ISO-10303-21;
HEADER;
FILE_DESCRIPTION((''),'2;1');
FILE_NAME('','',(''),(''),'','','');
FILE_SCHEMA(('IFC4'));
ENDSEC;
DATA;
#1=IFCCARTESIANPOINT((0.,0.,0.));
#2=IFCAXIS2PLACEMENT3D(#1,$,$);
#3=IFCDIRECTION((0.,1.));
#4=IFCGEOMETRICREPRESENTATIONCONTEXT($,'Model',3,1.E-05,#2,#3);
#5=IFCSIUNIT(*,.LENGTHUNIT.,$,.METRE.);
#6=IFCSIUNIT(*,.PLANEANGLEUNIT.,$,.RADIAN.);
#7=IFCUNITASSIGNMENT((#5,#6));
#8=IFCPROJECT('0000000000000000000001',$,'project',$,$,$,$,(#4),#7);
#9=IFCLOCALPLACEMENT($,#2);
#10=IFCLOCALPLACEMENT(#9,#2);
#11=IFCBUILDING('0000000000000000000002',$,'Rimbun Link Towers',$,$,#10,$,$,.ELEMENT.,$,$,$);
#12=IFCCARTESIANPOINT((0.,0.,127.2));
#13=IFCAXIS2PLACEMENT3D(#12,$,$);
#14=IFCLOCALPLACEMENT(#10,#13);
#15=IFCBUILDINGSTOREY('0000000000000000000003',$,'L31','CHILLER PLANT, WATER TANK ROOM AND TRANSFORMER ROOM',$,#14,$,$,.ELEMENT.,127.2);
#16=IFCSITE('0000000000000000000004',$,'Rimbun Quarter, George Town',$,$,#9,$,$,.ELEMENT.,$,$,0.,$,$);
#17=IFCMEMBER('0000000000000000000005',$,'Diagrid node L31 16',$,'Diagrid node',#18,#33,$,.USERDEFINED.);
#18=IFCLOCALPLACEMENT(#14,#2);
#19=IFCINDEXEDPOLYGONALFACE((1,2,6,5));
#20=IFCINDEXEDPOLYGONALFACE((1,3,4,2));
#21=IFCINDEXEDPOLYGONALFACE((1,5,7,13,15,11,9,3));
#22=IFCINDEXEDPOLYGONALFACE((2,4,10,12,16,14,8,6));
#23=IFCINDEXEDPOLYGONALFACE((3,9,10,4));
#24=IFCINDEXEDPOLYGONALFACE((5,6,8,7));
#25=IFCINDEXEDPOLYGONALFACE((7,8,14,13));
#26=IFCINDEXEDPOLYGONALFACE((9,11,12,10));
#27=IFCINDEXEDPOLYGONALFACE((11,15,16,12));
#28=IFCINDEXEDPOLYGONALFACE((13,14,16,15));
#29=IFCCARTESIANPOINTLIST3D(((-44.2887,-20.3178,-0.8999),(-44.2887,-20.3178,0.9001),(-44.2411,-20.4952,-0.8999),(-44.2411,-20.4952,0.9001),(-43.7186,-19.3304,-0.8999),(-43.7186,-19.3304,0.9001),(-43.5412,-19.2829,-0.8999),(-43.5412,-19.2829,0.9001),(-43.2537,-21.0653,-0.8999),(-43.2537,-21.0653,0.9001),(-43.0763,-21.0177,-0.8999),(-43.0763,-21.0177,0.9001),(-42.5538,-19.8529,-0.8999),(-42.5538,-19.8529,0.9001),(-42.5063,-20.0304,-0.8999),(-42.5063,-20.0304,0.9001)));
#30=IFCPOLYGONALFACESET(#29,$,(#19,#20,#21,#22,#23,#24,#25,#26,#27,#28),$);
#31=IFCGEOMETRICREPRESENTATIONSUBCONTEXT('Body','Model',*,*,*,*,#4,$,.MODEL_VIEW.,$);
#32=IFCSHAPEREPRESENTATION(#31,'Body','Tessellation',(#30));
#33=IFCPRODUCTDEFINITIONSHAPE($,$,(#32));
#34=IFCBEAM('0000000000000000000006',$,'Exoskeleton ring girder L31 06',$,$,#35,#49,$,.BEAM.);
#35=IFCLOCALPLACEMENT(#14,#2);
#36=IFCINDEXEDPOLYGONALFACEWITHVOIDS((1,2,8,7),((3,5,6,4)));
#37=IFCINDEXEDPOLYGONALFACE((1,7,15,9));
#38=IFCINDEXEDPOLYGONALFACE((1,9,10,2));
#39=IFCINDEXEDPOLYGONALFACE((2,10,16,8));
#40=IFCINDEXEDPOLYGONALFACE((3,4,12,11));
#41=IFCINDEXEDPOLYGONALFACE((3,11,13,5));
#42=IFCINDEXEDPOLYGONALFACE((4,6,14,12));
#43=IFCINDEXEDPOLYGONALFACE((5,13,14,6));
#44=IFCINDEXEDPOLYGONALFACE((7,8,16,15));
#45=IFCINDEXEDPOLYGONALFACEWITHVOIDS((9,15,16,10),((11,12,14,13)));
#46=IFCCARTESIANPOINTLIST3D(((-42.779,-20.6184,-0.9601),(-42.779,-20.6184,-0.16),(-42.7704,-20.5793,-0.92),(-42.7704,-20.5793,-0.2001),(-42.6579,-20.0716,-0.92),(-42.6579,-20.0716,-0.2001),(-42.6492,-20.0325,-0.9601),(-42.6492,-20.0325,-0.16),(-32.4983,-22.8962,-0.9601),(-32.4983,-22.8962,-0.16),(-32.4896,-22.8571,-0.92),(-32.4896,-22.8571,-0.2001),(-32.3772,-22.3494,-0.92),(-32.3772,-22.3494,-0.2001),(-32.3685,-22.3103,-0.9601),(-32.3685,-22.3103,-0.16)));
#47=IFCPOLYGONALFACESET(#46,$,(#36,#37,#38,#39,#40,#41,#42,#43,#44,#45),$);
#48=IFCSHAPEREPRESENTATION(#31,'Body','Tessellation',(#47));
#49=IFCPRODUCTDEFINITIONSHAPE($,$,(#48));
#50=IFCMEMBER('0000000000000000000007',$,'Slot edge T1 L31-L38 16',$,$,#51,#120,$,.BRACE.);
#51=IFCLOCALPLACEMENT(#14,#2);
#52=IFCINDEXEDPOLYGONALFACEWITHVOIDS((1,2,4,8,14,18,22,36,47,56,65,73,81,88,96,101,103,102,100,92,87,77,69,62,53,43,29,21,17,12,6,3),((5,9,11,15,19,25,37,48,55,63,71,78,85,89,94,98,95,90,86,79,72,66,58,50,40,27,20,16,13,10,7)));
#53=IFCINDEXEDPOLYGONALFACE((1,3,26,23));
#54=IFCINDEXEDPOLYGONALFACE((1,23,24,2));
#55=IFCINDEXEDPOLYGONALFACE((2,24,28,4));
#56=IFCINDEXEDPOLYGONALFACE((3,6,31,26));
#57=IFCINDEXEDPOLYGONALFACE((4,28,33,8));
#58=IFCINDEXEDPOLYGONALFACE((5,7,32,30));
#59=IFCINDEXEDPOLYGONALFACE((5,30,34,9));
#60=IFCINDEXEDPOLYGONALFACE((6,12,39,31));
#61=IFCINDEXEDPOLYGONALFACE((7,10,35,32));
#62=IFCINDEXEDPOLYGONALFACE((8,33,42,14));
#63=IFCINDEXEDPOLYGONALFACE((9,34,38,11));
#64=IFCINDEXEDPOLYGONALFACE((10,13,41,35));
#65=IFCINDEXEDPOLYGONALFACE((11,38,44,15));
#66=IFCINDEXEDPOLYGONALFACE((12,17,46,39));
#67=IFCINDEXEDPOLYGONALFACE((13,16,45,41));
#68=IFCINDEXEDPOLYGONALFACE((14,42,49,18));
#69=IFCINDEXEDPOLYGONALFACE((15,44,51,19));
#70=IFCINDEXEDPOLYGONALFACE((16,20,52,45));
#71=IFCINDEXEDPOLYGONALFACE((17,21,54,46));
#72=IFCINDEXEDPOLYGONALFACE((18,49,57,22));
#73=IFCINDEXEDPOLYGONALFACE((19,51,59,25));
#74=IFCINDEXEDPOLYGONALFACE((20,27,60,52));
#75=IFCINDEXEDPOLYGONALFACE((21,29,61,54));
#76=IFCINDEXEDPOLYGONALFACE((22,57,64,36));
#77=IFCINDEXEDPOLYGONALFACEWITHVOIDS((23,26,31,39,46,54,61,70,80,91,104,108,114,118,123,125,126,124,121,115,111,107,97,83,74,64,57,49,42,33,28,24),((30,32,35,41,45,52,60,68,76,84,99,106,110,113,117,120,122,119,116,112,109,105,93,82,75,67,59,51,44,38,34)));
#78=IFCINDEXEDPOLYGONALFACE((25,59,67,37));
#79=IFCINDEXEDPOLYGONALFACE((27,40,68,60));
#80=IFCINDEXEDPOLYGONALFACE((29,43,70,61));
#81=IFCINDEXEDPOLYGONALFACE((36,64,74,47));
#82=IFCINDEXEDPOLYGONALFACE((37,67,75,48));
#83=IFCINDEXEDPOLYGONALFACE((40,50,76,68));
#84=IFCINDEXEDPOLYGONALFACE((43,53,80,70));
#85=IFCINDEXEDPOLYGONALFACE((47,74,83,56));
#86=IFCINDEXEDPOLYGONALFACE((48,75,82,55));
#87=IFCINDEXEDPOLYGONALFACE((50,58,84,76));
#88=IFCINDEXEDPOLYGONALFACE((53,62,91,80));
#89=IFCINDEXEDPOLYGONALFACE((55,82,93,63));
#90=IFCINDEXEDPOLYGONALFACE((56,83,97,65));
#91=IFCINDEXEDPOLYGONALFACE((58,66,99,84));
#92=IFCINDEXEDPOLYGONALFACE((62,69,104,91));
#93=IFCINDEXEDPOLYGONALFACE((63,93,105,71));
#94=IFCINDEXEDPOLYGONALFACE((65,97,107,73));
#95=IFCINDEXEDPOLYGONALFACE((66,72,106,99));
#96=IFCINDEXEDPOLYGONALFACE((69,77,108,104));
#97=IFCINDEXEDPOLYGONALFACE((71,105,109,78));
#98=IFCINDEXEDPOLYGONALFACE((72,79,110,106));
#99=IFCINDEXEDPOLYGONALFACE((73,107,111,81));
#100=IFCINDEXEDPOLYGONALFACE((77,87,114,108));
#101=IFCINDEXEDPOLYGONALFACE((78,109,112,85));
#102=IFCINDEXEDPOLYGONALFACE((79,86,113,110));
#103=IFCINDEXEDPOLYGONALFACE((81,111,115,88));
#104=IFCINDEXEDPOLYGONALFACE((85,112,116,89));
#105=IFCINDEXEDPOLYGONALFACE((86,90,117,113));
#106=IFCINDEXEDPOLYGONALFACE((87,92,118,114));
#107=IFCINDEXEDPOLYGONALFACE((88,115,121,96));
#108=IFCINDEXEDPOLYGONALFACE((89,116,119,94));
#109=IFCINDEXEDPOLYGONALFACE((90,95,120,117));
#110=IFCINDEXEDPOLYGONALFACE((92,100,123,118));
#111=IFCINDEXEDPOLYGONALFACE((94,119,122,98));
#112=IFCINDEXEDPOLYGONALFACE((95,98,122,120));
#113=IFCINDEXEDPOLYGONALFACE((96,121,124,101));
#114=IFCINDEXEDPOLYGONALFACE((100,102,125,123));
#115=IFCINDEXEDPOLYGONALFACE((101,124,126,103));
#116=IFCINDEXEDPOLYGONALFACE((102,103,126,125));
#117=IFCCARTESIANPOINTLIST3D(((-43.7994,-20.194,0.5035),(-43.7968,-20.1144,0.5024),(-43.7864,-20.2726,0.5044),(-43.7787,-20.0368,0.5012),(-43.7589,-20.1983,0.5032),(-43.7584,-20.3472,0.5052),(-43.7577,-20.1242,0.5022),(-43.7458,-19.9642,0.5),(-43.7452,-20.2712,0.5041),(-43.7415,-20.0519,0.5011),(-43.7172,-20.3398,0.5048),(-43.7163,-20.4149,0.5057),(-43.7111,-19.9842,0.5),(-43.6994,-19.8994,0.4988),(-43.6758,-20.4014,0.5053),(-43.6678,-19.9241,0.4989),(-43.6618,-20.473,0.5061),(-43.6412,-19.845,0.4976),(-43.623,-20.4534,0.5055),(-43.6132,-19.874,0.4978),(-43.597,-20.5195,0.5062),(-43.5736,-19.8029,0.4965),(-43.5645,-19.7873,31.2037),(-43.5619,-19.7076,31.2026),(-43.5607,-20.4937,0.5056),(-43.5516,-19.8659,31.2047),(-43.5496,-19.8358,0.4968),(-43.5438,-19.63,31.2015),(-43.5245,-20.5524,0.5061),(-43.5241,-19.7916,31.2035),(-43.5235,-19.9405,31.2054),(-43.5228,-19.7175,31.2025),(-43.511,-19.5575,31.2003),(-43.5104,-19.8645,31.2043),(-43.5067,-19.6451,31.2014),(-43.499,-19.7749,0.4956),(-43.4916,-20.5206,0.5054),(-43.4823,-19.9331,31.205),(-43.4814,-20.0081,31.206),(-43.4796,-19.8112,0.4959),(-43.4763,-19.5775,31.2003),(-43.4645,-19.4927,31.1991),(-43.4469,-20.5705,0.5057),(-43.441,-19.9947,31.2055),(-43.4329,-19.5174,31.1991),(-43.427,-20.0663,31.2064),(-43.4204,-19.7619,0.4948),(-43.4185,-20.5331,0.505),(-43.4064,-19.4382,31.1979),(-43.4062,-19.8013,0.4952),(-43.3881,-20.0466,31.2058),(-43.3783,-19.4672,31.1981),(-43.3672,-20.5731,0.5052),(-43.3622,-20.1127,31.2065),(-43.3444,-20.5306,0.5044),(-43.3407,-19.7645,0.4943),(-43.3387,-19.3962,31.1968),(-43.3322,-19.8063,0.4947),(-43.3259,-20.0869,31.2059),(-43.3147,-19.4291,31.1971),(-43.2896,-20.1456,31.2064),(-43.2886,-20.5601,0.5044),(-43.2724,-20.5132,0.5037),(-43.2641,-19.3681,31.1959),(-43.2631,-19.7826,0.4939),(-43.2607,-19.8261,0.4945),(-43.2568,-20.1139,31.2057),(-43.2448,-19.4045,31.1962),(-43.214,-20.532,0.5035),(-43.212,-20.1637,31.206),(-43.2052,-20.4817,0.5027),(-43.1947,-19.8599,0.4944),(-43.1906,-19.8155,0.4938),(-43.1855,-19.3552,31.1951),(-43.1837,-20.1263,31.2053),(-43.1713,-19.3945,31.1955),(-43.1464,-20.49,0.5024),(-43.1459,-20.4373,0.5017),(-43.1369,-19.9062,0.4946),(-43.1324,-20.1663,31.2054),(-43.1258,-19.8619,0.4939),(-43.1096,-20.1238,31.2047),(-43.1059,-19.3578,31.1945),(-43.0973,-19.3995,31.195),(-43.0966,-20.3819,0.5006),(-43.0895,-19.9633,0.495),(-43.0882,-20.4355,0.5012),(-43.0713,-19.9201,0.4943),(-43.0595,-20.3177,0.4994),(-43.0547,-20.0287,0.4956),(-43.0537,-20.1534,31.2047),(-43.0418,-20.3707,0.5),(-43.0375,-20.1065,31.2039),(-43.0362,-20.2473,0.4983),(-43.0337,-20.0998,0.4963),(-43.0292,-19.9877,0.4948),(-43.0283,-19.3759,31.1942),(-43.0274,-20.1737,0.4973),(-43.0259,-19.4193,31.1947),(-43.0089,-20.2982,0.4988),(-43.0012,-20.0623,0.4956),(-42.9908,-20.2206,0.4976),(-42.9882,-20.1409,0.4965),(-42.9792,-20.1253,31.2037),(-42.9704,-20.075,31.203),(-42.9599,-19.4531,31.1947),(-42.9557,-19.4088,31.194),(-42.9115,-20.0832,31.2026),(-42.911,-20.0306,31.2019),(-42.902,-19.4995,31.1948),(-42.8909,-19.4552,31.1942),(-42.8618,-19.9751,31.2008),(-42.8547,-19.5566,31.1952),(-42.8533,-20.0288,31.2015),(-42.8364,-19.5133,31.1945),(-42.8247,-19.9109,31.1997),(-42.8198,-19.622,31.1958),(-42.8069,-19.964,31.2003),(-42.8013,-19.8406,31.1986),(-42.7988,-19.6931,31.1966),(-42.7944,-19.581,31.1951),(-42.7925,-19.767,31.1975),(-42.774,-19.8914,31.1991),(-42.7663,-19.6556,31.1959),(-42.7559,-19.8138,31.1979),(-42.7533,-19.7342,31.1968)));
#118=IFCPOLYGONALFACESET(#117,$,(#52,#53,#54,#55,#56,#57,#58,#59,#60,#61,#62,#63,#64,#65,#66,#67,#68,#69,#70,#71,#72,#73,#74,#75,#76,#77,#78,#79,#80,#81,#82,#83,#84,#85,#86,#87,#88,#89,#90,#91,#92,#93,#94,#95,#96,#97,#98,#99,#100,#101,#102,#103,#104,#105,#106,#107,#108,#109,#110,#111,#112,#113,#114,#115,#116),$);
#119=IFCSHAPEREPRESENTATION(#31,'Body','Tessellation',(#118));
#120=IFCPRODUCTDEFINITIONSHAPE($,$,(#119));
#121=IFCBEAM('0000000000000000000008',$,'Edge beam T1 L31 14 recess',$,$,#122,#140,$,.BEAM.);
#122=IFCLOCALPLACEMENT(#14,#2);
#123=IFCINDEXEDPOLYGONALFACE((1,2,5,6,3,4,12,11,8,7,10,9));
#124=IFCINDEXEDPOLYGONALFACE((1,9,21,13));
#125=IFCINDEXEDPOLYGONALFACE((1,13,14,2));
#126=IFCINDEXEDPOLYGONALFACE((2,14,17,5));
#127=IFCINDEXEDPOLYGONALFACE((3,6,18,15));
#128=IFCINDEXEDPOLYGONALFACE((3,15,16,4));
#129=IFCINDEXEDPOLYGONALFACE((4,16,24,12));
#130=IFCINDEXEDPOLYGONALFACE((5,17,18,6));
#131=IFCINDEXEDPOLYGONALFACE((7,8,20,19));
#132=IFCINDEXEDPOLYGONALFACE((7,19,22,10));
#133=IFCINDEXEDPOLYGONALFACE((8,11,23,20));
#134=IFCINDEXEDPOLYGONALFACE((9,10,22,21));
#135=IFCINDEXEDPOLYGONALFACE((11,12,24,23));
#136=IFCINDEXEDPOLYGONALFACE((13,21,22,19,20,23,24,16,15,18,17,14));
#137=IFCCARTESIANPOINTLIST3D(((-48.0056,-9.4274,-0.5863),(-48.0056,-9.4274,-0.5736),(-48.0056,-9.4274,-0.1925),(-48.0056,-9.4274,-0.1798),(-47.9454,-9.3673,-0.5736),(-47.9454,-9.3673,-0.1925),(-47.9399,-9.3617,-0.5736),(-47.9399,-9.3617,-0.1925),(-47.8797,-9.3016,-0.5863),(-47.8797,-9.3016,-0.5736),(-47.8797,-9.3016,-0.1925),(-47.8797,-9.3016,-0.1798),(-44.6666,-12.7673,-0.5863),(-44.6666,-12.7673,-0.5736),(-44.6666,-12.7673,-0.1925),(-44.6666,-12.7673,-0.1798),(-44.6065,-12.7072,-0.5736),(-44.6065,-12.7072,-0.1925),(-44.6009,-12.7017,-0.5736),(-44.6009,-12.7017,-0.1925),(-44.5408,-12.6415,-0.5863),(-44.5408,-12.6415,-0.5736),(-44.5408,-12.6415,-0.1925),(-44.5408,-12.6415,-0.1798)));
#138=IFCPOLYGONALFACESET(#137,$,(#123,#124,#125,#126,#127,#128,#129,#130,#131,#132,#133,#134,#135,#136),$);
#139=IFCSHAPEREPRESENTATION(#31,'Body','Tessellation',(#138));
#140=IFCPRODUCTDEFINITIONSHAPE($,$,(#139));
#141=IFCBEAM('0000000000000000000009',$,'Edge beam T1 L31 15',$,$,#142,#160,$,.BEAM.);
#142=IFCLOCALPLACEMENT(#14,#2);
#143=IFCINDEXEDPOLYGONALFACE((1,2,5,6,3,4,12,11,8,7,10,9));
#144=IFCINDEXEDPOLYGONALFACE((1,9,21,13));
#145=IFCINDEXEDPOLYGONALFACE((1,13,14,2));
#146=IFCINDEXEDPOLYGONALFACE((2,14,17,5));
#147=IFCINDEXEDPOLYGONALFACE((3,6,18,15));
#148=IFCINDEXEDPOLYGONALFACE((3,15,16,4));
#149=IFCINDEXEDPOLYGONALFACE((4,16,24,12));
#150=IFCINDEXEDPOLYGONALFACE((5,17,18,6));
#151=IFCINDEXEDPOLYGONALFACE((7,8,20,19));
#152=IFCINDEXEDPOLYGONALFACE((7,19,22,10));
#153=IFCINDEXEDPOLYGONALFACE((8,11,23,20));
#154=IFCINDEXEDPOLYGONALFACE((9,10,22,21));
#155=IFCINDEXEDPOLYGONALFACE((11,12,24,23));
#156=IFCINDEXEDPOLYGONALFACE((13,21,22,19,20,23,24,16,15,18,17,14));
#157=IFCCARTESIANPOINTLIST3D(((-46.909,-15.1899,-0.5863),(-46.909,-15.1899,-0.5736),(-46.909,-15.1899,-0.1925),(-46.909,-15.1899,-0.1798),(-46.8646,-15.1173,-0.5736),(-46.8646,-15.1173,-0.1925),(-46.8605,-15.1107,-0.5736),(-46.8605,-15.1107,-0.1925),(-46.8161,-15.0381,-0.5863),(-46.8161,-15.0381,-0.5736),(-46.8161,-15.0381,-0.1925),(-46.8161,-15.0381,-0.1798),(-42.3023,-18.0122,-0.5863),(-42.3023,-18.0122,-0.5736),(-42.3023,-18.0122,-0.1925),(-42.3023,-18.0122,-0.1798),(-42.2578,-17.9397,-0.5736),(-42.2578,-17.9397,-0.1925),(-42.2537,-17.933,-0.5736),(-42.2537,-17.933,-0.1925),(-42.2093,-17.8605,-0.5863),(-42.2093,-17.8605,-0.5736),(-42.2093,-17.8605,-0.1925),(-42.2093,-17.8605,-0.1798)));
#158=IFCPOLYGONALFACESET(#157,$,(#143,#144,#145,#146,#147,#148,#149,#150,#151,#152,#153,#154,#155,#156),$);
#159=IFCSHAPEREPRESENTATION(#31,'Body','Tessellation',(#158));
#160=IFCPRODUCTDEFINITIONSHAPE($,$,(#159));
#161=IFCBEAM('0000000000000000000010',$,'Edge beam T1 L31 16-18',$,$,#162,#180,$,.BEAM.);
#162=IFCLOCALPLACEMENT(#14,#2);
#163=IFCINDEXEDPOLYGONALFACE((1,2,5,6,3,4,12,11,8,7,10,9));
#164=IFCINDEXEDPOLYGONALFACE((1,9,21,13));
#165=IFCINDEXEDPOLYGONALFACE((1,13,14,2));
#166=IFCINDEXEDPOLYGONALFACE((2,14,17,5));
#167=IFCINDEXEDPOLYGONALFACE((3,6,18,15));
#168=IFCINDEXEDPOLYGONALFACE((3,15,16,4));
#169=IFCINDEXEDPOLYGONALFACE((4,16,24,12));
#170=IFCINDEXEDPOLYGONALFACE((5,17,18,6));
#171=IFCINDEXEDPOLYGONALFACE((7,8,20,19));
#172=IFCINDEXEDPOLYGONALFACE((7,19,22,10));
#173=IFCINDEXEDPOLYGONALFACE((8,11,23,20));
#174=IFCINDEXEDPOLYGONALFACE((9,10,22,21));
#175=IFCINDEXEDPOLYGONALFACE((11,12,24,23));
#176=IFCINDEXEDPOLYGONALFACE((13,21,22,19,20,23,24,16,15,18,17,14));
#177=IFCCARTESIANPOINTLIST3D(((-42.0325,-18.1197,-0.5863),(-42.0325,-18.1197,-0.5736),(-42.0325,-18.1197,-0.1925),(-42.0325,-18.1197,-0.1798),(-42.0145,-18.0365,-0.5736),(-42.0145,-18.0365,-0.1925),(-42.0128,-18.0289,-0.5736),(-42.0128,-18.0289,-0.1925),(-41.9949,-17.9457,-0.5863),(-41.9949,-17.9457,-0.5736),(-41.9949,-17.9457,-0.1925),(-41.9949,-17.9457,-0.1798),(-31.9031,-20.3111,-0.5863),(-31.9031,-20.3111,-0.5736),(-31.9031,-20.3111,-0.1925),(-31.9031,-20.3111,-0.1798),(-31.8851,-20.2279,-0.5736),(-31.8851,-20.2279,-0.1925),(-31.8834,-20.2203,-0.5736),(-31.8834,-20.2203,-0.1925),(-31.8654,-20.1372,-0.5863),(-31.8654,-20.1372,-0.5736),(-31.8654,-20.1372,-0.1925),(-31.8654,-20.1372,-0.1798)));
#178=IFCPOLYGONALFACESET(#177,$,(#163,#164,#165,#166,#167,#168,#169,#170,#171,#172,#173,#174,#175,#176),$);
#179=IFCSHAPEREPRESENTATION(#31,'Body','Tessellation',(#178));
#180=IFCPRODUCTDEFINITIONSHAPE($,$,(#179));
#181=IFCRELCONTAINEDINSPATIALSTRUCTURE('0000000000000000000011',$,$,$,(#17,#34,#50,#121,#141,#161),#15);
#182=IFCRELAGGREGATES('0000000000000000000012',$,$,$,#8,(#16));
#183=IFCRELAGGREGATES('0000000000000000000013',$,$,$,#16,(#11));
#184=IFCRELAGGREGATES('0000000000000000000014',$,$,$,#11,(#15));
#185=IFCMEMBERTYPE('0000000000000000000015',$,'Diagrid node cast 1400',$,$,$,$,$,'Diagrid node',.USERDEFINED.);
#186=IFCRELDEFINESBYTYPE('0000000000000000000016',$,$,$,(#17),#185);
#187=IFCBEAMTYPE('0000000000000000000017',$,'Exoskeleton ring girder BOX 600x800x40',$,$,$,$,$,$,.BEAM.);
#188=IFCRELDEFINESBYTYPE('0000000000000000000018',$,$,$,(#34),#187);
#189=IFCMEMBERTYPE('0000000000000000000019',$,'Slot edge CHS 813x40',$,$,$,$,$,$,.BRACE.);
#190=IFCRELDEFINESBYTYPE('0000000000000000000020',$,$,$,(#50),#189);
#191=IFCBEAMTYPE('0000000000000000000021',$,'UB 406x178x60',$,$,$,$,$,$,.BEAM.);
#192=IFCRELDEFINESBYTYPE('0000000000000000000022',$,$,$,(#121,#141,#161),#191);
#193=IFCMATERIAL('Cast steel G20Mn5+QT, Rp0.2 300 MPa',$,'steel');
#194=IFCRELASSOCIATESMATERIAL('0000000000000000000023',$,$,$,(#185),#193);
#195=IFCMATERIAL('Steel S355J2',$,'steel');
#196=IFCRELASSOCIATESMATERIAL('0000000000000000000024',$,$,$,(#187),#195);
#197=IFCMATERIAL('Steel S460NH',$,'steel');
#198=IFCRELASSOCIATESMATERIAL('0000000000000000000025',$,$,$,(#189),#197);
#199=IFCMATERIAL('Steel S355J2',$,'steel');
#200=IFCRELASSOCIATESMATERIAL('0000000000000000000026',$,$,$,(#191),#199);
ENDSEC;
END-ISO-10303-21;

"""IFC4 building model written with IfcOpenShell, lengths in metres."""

from ifc_helpers import new_model, si_unit, direction, frame, origin, origin_2d, place, context, subcontext, project, spatial, polyline, hollow_rectangle, hollow_circle, i_section, outline, extrude, material, material_profile, profile_set, type_object, element, save


model = new_model("IFC4")

# Units and contexts
model_context = context("Model", 3, precision=1e-05, world=origin(), true_north=direction((0.0, 1.0)))
body_context = subcontext(model_context, "Body", "Model", "MODEL_VIEW")
ifc_project = project(units=[si_unit("LENGTHUNIT", "METRE"), si_unit("PLANEANGLEUNIT", "RADIAN")], contexts=[model_context])

# Site, building, storey
site_placement = place(None, origin())
site = spatial("IfcSite", under=ifc_project, at=site_placement, Name="Rimbun Quarter, George Town", CompositionType="ELEMENT", RefElevation=0.0)
building_placement = place(site_placement, origin())
building = spatial("IfcBuilding", under=site, at=building_placement, Name="Rimbun Link Towers", CompositionType="ELEMENT")
storey_placement = place(building_placement, frame((0.0, 0.0, 127.2)))
storey = spatial("IfcBuildingStorey", under=building, at=storey_placement, Name="L31", Description="CHILLER PLANT, WATER TANK ROOM AND TRANSFORMER ROOM", CompositionType="ELEMENT", Elevation=127.2)

# Member
ifc_material_1 = material(Name="Cast steel G20Mn5+QT, Rp0.2 300 MPa", Category="steel")
ifc_material_profile_1 = material_profile(ifc_material_1, outline(polyline([(0.7, -0.5701), (0.7, 0.5701), (0.5701, 0.7), (-0.5701, 0.7), (-0.7, 0.5701), (-0.7, -0.5701), (-0.5701, -0.7), (0.5701, -0.7), (0.7, -0.5701)])), Name="NODE 1400x1400")
ifc_profile_set_1 = profile_set([ifc_material_profile_1], Name="Cast steel G20Mn5+QT, Rp0.2 300 MPa")
member_type_1 = type_object("IfcMemberType", Name="Diagrid node cast 1400", ElementType="Diagrid node", PredefinedType="USERDEFINED", material=ifc_profile_set_1)
member_1_placement = place(storey_placement, frame((-43.3975, -20.1741, -0.8999), z_axis=(0.0, 0.0, 1.0), x_axis=(-0.5, -0.866025, 0.0)))
element("IfcMember", 1, at=member_1_placement, inside=storey, type_object=member_type_1, Name="Diagrid node L31 16", ObjectType="Diagrid node", PredefinedType="USERDEFINED", context=body_context, shape_type="SweptSolid", body=[
    extrude(outline(polyline([(0.7, -0.5701), (0.7, 0.5701), (0.5701, 0.7), (-0.5701, 0.7), (-0.7, 0.5701), (-0.7, -0.5701), (-0.5701, -0.7), (0.5701, -0.7), (0.7, -0.5701)])), origin(), (0.0, 0.0, 1.0), 1.8),
])

# Beam
ifc_material_2 = material(Name="Steel S355J2", Category="steel")
ifc_material_profile_2 = material_profile(ifc_material_2, hollow_rectangle(XDim=0.6001, YDim=0.8, WallThickness=0.04, at=origin_2d()), Name="Exoskeleton ring girder BOX 600x800x40")
ifc_profile_set_2 = profile_set([ifc_material_profile_2], Name="Steel S355J2")
beam_type_1 = type_object("IfcBeamType", Name="Exoskeleton ring girder BOX 600x800x40", PredefinedType="BEAM", material=ifc_profile_set_2)
beam_1_placement = place(storey_placement, frame((-42.7141, -20.3254, -0.5601), z_axis=(0.976323, -0.216317, 0.0), x_axis=(0.216317, 0.976323, 0.0)))
element("IfcBeam", 2, at=beam_1_placement, inside=storey, type_object=beam_type_1, Name="Exoskeleton ring girder L31 06", PredefinedType="BEAM", context=body_context, shape_type="SweptSolid", body=[
    extrude(hollow_rectangle(XDim=0.6001, YDim=0.8, WallThickness=0.04, at=origin_2d()), origin(), (0.0, 0.0, 1.0), 10.53),
])

# Member
ifc_material_3 = material(Name="Steel S460NH", Category="steel")
ifc_material_profile_3 = material_profile(ifc_material_3, hollow_circle(Radius=0.4065, WallThickness=0.04, at=origin_2d()), Name="Slot edge CHS 813x40")
ifc_profile_set_3 = profile_set([ifc_material_profile_3], Name="Steel S460NH")
member_type_2 = type_object("IfcMemberType", Name="Slot edge CHS 813x40", PredefinedType="BRACE", material=ifc_profile_set_3)
member_2_placement = place(storey_placement, frame((-43.3938, -20.1675, 0.5), z_axis=(0.007649, 0.013247, 0.999883), x_axis=(-0.865995, 0.500052, 0.0)))
element("IfcMember", 3, at=member_2_placement, inside=storey, type_object=member_type_2, Name="Slot edge T1 L31-L38 16", PredefinedType="BRACE", context=body_context, shape_type="SweptSolid", body=[
    extrude(hollow_circle(Radius=0.4065, WallThickness=0.04, at=origin_2d()), origin(), (0.0, 0.0, 1.0), 30.7039),
])

# Beams
ifc_material_4 = material(Name="Steel S355J2", Category="steel")
ifc_material_profile_4 = material_profile(ifc_material_4, i_section(OverallWidth=0.178, OverallDepth=0.4065, WebThickness=0.0078, FlangeThickness=0.0127, at=origin_2d()), Name="UB 406x178x60")
ifc_profile_set_4 = profile_set([ifc_material_profile_4], Name="Steel S355J2")
beam_type_2 = type_object("IfcBeamType", Name="UB 406x178x60", PredefinedType="BEAM", material=ifc_profile_set_4)
beam_2_placement = place(storey_placement, frame((-47.9426, -9.3645, -0.3831), z_axis=(0.707003, -0.70721, 0.0), x_axis=(0.70721, 0.707003, 0.0)))
element("IfcBeam", 4, at=beam_2_placement, inside=storey, type_object=beam_type_2, Name="Edge beam T1 L31 14 recess", PredefinedType="BEAM", context=body_context, shape_type="SweptSolid", body=[
    extrude(i_section(OverallWidth=0.178, OverallDepth=0.4065, WebThickness=0.0078, FlangeThickness=0.0127, at=origin_2d()), origin(), (0.0, 0.0, 1.0), 4.7227),
])
beam_3_placement = place(storey_placement, frame((-46.8625, -15.114, -0.3831), z_axis=(0.852699, -0.522402, 0.0), x_axis=(0.522402, 0.852699, 0.0)))
element("IfcBeam", 5, at=beam_3_placement, inside=storey, type_object=beam_type_2, Name="Edge beam T1 L31 15", PredefinedType="BEAM", context=body_context, shape_type="SweptSolid", body=[
    extrude(i_section(OverallWidth=0.178, OverallDepth=0.4065, WebThickness=0.0078, FlangeThickness=0.0127, at=origin_2d()), origin(), (0.0, 0.0, 1.0), 5.4026),
])
beam_4_placement = place(storey_placement, frame((-42.0137, -18.0327, -0.3831), z_axis=(0.977389, -0.21145, 0.0), x_axis=(0.21145, 0.977389, 0.0)))
element("IfcBeam", 6, at=beam_4_placement, inside=storey, type_object=beam_type_2, Name="Edge beam T1 L31 16-18", PredefinedType="BEAM", context=body_context, shape_type="SweptSolid", body=[
    extrude(i_section(OverallWidth=0.178, OverallDepth=0.4065, WebThickness=0.0078, FlangeThickness=0.0127, at=origin_2d()), origin(), (0.0, 0.0, 1.0), 10.3638),
])

save(model, "model.ifc")
